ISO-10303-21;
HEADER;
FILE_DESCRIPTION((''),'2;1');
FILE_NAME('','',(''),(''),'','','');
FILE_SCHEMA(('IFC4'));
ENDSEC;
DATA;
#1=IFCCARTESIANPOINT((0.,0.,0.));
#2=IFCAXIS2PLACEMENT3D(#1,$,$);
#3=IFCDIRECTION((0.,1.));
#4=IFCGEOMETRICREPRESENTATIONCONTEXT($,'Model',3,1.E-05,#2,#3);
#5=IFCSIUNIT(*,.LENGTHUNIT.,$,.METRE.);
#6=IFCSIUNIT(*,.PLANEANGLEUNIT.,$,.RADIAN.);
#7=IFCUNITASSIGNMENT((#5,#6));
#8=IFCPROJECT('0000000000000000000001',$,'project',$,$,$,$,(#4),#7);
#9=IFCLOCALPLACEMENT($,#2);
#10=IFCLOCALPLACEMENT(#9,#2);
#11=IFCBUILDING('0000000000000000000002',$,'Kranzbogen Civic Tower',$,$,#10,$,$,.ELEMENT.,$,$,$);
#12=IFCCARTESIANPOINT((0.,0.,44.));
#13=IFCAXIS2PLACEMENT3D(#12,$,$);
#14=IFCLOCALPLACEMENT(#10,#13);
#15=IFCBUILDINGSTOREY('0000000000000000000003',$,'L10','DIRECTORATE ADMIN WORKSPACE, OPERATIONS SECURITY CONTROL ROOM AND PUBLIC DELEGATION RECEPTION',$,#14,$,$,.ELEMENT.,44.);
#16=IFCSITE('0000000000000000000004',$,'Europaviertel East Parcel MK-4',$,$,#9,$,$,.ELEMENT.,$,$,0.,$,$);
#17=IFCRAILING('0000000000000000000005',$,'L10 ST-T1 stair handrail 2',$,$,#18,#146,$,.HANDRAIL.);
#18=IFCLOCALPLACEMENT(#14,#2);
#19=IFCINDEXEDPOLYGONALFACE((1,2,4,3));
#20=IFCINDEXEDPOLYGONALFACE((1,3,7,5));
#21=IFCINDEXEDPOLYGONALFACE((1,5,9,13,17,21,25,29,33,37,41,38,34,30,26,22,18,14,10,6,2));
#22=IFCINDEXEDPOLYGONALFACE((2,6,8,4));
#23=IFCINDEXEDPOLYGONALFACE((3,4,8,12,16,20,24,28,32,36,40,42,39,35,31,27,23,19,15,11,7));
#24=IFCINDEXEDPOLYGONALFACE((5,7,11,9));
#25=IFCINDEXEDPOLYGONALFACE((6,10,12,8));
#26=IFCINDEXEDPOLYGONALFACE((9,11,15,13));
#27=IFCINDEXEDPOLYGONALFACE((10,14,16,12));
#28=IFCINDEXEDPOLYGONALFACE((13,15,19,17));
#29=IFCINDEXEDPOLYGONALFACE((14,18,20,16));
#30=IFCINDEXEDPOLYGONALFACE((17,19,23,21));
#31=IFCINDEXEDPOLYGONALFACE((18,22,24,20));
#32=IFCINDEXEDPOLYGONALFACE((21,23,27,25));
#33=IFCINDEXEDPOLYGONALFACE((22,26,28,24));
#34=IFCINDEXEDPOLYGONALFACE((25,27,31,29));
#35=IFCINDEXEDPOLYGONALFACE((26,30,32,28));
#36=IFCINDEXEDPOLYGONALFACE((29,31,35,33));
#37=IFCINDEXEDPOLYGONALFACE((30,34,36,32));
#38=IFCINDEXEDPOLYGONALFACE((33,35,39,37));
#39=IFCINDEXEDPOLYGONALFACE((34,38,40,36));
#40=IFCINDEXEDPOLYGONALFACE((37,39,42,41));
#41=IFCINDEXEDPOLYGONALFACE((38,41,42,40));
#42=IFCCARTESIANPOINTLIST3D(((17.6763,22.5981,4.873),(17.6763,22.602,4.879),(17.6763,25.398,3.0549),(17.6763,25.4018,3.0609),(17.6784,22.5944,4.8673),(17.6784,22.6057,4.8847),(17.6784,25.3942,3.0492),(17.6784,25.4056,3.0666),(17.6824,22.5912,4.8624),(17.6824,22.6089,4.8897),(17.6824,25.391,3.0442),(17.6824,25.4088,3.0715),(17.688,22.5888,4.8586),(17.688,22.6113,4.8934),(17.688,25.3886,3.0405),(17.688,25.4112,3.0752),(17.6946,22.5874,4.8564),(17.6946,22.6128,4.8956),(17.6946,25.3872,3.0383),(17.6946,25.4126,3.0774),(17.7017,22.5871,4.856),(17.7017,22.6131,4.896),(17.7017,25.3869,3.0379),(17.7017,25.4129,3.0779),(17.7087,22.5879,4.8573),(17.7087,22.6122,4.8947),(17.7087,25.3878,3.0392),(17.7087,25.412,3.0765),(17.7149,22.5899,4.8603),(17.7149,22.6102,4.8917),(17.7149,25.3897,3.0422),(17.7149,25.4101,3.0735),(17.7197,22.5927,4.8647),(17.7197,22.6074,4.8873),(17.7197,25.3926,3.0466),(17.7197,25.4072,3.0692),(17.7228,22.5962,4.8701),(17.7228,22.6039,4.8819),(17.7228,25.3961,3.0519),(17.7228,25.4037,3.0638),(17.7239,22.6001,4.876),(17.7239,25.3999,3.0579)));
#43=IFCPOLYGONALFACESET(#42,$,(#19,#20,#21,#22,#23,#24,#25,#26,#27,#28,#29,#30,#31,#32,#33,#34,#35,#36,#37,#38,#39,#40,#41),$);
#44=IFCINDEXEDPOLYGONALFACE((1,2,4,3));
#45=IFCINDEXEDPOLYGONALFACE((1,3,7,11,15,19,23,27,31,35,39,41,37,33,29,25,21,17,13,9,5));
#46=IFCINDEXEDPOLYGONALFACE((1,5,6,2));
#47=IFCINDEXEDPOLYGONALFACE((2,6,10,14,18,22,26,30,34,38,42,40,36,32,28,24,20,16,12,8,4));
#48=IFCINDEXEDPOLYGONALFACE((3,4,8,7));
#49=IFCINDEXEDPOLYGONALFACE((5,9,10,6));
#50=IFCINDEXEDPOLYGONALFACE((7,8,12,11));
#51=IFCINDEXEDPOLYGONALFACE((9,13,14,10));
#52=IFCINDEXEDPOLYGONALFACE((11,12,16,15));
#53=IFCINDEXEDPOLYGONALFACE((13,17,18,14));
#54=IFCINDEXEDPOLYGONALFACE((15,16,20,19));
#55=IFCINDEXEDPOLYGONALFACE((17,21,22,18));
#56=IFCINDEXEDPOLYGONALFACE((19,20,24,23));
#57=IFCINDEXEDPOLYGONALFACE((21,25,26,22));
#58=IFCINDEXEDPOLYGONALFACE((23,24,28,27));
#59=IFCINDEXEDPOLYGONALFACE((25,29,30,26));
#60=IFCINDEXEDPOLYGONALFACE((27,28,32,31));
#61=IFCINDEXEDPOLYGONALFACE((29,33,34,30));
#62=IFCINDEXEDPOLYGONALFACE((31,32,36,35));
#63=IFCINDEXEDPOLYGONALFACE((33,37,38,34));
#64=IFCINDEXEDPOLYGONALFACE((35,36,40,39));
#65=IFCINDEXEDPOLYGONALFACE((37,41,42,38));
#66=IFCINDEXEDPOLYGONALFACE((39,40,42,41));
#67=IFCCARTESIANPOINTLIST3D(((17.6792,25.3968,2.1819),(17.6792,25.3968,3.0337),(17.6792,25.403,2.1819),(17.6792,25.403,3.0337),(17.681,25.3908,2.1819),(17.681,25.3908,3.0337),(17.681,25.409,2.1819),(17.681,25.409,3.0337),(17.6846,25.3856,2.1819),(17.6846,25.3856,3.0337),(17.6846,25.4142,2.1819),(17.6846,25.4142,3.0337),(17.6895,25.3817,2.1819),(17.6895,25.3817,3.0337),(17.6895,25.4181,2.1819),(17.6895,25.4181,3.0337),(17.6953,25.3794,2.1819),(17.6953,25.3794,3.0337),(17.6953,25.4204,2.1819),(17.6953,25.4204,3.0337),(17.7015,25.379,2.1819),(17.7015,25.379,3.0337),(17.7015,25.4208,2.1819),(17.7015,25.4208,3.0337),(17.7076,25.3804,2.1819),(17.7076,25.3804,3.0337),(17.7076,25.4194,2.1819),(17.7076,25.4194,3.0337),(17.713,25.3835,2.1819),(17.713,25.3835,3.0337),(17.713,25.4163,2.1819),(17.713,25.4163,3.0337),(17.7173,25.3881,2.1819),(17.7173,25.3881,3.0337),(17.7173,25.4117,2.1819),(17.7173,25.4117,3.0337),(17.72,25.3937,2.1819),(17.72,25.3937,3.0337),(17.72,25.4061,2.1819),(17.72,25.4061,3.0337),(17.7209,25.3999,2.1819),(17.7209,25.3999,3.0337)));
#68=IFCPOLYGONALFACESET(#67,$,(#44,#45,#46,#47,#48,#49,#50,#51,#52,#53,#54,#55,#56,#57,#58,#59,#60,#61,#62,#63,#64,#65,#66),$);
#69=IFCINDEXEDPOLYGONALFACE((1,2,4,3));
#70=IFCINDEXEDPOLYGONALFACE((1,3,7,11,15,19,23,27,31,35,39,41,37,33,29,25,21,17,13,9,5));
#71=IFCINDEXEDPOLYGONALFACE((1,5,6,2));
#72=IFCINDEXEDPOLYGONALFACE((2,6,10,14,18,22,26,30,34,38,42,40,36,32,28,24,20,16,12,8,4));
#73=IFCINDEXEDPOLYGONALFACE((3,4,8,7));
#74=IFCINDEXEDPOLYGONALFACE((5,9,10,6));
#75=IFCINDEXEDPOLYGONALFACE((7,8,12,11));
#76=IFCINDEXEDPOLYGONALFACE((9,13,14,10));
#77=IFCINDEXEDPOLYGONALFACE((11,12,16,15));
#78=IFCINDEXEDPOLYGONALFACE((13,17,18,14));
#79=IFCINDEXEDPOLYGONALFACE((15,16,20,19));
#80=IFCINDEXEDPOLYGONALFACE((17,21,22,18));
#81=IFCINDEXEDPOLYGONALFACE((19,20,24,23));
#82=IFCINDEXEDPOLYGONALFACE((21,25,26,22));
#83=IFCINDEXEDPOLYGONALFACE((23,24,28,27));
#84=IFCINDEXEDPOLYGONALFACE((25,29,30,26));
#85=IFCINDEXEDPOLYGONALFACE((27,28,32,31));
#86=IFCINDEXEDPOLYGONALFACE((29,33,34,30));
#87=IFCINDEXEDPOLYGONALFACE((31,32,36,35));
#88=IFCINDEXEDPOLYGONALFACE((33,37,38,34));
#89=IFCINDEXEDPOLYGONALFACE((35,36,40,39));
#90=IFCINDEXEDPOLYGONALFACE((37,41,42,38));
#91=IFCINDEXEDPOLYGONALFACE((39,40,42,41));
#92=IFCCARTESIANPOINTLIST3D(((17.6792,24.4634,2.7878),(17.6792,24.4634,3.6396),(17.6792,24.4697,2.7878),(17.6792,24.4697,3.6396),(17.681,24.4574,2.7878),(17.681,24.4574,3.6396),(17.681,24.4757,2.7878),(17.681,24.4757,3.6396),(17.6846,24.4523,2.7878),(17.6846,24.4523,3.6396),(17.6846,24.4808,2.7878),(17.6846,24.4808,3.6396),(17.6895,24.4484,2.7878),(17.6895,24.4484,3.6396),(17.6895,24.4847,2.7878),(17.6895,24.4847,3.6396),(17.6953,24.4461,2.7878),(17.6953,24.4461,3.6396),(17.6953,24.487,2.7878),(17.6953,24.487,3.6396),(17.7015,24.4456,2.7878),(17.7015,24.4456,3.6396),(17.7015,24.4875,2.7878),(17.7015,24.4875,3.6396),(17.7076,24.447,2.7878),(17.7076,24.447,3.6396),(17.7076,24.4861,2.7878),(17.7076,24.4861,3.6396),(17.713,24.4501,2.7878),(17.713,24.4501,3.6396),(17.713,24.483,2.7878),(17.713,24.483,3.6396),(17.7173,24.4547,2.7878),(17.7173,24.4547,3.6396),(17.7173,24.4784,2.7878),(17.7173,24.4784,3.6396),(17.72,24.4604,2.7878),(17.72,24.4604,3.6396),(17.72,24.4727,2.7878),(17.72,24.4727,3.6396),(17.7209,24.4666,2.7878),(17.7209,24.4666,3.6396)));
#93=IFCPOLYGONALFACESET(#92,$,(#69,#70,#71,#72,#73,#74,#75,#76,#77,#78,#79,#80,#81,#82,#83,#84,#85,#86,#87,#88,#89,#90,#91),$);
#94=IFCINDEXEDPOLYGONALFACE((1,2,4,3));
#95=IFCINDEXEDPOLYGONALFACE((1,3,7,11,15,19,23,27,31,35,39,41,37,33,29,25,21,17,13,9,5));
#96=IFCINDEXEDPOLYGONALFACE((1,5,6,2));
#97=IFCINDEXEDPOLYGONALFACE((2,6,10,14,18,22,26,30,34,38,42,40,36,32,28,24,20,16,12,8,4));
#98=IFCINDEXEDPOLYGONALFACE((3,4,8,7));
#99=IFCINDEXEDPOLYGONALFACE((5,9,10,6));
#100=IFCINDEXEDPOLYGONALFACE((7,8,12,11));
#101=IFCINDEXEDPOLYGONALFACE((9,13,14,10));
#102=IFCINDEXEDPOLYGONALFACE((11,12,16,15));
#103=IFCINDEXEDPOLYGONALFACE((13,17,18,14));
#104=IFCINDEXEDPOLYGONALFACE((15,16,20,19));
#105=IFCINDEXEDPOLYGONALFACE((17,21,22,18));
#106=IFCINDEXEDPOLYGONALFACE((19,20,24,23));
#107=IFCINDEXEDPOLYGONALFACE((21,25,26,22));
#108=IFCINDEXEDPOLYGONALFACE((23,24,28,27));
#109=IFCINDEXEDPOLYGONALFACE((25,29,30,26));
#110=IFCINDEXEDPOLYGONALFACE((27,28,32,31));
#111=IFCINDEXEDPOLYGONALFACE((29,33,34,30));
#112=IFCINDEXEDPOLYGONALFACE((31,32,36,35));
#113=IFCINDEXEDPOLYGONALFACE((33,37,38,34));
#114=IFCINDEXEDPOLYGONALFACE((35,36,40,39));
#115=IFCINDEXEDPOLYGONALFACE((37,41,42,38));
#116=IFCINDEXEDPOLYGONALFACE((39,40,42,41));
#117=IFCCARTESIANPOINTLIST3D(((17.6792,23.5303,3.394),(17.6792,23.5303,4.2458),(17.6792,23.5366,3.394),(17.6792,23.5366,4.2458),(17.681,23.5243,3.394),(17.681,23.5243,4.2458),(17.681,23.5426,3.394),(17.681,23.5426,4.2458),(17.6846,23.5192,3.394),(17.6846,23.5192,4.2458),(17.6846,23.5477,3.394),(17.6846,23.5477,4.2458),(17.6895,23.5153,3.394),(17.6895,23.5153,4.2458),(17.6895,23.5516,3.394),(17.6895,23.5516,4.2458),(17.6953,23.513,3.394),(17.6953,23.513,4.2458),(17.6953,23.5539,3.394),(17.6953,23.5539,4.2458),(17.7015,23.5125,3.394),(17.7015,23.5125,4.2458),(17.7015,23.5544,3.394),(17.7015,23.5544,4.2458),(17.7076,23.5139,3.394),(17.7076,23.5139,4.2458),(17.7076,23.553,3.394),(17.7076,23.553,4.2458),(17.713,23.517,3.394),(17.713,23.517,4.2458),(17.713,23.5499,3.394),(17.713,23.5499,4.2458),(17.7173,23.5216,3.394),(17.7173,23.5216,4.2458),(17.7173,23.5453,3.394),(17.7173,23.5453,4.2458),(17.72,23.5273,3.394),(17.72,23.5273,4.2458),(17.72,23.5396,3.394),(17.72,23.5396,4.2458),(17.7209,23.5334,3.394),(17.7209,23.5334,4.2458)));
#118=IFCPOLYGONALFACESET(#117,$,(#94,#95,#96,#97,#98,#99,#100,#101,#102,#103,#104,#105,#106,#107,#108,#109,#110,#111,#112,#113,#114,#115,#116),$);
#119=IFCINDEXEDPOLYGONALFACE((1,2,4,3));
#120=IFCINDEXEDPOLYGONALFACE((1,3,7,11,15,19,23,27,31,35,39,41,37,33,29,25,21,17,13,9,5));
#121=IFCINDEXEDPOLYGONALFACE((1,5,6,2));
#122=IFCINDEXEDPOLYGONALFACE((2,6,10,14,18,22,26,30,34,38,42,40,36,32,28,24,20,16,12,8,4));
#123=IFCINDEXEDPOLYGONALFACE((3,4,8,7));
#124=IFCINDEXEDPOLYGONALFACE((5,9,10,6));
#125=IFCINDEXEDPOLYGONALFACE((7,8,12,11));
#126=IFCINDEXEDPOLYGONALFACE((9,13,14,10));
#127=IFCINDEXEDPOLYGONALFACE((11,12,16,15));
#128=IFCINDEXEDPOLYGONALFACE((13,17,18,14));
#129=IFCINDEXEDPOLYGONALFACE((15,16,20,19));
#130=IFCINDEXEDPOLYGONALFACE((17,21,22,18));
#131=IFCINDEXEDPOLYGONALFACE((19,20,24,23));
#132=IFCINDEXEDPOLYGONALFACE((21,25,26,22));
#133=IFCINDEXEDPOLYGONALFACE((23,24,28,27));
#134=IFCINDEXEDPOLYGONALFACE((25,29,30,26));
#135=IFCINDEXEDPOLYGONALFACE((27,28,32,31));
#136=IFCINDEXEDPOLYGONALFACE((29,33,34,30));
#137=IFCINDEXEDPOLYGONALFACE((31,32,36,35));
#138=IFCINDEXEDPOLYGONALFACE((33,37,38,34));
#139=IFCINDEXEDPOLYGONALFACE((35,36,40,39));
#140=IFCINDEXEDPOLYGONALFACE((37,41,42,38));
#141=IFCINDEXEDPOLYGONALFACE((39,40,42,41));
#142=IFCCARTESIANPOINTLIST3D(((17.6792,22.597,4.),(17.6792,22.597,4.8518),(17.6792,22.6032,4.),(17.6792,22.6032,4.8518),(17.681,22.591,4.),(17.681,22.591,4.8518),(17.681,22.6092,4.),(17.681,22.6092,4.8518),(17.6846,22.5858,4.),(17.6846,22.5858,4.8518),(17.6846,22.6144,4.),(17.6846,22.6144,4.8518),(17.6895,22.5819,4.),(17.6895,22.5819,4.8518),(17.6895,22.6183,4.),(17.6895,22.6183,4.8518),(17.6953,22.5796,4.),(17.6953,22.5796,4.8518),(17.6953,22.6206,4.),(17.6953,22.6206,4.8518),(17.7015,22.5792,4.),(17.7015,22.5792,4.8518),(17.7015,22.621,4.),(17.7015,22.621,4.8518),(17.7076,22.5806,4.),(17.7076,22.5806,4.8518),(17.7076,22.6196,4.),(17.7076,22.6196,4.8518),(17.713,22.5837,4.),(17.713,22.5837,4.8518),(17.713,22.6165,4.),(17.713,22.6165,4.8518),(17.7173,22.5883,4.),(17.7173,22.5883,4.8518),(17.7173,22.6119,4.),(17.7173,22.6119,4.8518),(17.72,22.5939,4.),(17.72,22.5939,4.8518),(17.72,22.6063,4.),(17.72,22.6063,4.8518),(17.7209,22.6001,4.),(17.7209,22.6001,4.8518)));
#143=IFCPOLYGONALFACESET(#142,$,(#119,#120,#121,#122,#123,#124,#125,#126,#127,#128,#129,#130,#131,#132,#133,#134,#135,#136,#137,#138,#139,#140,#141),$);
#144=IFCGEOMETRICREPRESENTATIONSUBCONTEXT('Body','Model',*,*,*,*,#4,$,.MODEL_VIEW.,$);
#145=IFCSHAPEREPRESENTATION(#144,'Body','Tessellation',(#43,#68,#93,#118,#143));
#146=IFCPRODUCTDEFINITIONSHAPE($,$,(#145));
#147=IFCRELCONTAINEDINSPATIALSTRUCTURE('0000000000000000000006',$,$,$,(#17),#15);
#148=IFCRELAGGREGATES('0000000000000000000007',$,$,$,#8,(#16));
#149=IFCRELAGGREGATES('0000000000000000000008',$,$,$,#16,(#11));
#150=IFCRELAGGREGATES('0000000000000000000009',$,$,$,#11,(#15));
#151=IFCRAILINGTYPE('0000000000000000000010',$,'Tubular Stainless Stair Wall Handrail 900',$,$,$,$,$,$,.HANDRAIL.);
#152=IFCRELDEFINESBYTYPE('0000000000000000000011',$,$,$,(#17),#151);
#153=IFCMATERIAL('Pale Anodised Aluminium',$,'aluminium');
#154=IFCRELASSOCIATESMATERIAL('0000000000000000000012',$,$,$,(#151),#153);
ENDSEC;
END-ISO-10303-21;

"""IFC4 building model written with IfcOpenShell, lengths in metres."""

from ifc_helpers import new_model, si_unit, direction, frame, origin, origin_2d, place, context, subcontext, project, spatial, circle, extrude, material, type_object, element, save


model = new_model("IFC4")

# Units and contexts
model_context = context("Model", 3, precision=1e-05, world=origin(), true_north=direction((0.0, 1.0)))
body_context = subcontext(model_context, "Body", "Model", "MODEL_VIEW")
ifc_project = project(units=[si_unit("LENGTHUNIT", "METRE"), si_unit("PLANEANGLEUNIT", "RADIAN")], contexts=[model_context])

# Site, building, storey
site_placement = place(None, origin())
site = spatial("IfcSite", under=ifc_project, at=site_placement, Name="Europaviertel East Parcel MK-4", CompositionType="ELEMENT", RefElevation=0.0)
building_placement = place(site_placement, origin())
building = spatial("IfcBuilding", under=site, at=building_placement, Name="Kranzbogen Civic Tower", CompositionType="ELEMENT")
storey_placement = place(building_placement, frame((0.0, 0.0, 44.0)))
storey = spatial("IfcBuildingStorey", under=building, at=storey_placement, Name="L10", Description="DIRECTORATE ADMIN WORKSPACE, OPERATIONS SECURITY CONTROL ROOM AND PUBLIC DELEGATION RECEPTION", CompositionType="ELEMENT", Elevation=44.0)

# Shared definitions
ifc_material_1 = material(Name="Pale Anodised Aluminium", Category="aluminium")

# Railing
railing_type = type_object("IfcRailingType", Name="Tubular Stainless Stair Wall Handrail 900", PredefinedType="HANDRAIL", material=ifc_material_1)
railing_placement = place(storey_placement, frame((17.7, 25.3999, 2.1819)))
element("IfcRailing", 1, at=railing_placement, inside=storey, type_object=railing_type, Name="L10 ST-T1 stair handrail 2", PredefinedType="HANDRAIL", context=body_context, shape_type="SweptSolid", body=[
    extrude(circle(Radius=0.0239, at=origin_2d()), frame((0.0, 0.0, 0.876), z_axis=(0.0, -0.838684, 0.544618), x_axis=(1.0, 0.0, 0.0)), (0.0, 0.0, 1.0), 3.3384),
    extrude(circle(Radius=0.021, at=origin_2d()), origin(), (0.0, 0.0, 1.0), 0.8518),
    extrude(circle(Radius=0.021, at=origin_2d()), frame((0.0, -0.9333, 0.606)), (0.0, 0.0, 1.0), 0.8518),
    extrude(circle(Radius=0.021, at=origin_2d()), frame((0.0, -1.8665, 1.2122)), (0.0, 0.0, 1.0), 0.8518),
    extrude(circle(Radius=0.021, at=origin_2d()), frame((0.0, -2.7998, 1.8181)), (0.0, 0.0, 1.0), 0.8518),
])

save(model, "model.ifc")
